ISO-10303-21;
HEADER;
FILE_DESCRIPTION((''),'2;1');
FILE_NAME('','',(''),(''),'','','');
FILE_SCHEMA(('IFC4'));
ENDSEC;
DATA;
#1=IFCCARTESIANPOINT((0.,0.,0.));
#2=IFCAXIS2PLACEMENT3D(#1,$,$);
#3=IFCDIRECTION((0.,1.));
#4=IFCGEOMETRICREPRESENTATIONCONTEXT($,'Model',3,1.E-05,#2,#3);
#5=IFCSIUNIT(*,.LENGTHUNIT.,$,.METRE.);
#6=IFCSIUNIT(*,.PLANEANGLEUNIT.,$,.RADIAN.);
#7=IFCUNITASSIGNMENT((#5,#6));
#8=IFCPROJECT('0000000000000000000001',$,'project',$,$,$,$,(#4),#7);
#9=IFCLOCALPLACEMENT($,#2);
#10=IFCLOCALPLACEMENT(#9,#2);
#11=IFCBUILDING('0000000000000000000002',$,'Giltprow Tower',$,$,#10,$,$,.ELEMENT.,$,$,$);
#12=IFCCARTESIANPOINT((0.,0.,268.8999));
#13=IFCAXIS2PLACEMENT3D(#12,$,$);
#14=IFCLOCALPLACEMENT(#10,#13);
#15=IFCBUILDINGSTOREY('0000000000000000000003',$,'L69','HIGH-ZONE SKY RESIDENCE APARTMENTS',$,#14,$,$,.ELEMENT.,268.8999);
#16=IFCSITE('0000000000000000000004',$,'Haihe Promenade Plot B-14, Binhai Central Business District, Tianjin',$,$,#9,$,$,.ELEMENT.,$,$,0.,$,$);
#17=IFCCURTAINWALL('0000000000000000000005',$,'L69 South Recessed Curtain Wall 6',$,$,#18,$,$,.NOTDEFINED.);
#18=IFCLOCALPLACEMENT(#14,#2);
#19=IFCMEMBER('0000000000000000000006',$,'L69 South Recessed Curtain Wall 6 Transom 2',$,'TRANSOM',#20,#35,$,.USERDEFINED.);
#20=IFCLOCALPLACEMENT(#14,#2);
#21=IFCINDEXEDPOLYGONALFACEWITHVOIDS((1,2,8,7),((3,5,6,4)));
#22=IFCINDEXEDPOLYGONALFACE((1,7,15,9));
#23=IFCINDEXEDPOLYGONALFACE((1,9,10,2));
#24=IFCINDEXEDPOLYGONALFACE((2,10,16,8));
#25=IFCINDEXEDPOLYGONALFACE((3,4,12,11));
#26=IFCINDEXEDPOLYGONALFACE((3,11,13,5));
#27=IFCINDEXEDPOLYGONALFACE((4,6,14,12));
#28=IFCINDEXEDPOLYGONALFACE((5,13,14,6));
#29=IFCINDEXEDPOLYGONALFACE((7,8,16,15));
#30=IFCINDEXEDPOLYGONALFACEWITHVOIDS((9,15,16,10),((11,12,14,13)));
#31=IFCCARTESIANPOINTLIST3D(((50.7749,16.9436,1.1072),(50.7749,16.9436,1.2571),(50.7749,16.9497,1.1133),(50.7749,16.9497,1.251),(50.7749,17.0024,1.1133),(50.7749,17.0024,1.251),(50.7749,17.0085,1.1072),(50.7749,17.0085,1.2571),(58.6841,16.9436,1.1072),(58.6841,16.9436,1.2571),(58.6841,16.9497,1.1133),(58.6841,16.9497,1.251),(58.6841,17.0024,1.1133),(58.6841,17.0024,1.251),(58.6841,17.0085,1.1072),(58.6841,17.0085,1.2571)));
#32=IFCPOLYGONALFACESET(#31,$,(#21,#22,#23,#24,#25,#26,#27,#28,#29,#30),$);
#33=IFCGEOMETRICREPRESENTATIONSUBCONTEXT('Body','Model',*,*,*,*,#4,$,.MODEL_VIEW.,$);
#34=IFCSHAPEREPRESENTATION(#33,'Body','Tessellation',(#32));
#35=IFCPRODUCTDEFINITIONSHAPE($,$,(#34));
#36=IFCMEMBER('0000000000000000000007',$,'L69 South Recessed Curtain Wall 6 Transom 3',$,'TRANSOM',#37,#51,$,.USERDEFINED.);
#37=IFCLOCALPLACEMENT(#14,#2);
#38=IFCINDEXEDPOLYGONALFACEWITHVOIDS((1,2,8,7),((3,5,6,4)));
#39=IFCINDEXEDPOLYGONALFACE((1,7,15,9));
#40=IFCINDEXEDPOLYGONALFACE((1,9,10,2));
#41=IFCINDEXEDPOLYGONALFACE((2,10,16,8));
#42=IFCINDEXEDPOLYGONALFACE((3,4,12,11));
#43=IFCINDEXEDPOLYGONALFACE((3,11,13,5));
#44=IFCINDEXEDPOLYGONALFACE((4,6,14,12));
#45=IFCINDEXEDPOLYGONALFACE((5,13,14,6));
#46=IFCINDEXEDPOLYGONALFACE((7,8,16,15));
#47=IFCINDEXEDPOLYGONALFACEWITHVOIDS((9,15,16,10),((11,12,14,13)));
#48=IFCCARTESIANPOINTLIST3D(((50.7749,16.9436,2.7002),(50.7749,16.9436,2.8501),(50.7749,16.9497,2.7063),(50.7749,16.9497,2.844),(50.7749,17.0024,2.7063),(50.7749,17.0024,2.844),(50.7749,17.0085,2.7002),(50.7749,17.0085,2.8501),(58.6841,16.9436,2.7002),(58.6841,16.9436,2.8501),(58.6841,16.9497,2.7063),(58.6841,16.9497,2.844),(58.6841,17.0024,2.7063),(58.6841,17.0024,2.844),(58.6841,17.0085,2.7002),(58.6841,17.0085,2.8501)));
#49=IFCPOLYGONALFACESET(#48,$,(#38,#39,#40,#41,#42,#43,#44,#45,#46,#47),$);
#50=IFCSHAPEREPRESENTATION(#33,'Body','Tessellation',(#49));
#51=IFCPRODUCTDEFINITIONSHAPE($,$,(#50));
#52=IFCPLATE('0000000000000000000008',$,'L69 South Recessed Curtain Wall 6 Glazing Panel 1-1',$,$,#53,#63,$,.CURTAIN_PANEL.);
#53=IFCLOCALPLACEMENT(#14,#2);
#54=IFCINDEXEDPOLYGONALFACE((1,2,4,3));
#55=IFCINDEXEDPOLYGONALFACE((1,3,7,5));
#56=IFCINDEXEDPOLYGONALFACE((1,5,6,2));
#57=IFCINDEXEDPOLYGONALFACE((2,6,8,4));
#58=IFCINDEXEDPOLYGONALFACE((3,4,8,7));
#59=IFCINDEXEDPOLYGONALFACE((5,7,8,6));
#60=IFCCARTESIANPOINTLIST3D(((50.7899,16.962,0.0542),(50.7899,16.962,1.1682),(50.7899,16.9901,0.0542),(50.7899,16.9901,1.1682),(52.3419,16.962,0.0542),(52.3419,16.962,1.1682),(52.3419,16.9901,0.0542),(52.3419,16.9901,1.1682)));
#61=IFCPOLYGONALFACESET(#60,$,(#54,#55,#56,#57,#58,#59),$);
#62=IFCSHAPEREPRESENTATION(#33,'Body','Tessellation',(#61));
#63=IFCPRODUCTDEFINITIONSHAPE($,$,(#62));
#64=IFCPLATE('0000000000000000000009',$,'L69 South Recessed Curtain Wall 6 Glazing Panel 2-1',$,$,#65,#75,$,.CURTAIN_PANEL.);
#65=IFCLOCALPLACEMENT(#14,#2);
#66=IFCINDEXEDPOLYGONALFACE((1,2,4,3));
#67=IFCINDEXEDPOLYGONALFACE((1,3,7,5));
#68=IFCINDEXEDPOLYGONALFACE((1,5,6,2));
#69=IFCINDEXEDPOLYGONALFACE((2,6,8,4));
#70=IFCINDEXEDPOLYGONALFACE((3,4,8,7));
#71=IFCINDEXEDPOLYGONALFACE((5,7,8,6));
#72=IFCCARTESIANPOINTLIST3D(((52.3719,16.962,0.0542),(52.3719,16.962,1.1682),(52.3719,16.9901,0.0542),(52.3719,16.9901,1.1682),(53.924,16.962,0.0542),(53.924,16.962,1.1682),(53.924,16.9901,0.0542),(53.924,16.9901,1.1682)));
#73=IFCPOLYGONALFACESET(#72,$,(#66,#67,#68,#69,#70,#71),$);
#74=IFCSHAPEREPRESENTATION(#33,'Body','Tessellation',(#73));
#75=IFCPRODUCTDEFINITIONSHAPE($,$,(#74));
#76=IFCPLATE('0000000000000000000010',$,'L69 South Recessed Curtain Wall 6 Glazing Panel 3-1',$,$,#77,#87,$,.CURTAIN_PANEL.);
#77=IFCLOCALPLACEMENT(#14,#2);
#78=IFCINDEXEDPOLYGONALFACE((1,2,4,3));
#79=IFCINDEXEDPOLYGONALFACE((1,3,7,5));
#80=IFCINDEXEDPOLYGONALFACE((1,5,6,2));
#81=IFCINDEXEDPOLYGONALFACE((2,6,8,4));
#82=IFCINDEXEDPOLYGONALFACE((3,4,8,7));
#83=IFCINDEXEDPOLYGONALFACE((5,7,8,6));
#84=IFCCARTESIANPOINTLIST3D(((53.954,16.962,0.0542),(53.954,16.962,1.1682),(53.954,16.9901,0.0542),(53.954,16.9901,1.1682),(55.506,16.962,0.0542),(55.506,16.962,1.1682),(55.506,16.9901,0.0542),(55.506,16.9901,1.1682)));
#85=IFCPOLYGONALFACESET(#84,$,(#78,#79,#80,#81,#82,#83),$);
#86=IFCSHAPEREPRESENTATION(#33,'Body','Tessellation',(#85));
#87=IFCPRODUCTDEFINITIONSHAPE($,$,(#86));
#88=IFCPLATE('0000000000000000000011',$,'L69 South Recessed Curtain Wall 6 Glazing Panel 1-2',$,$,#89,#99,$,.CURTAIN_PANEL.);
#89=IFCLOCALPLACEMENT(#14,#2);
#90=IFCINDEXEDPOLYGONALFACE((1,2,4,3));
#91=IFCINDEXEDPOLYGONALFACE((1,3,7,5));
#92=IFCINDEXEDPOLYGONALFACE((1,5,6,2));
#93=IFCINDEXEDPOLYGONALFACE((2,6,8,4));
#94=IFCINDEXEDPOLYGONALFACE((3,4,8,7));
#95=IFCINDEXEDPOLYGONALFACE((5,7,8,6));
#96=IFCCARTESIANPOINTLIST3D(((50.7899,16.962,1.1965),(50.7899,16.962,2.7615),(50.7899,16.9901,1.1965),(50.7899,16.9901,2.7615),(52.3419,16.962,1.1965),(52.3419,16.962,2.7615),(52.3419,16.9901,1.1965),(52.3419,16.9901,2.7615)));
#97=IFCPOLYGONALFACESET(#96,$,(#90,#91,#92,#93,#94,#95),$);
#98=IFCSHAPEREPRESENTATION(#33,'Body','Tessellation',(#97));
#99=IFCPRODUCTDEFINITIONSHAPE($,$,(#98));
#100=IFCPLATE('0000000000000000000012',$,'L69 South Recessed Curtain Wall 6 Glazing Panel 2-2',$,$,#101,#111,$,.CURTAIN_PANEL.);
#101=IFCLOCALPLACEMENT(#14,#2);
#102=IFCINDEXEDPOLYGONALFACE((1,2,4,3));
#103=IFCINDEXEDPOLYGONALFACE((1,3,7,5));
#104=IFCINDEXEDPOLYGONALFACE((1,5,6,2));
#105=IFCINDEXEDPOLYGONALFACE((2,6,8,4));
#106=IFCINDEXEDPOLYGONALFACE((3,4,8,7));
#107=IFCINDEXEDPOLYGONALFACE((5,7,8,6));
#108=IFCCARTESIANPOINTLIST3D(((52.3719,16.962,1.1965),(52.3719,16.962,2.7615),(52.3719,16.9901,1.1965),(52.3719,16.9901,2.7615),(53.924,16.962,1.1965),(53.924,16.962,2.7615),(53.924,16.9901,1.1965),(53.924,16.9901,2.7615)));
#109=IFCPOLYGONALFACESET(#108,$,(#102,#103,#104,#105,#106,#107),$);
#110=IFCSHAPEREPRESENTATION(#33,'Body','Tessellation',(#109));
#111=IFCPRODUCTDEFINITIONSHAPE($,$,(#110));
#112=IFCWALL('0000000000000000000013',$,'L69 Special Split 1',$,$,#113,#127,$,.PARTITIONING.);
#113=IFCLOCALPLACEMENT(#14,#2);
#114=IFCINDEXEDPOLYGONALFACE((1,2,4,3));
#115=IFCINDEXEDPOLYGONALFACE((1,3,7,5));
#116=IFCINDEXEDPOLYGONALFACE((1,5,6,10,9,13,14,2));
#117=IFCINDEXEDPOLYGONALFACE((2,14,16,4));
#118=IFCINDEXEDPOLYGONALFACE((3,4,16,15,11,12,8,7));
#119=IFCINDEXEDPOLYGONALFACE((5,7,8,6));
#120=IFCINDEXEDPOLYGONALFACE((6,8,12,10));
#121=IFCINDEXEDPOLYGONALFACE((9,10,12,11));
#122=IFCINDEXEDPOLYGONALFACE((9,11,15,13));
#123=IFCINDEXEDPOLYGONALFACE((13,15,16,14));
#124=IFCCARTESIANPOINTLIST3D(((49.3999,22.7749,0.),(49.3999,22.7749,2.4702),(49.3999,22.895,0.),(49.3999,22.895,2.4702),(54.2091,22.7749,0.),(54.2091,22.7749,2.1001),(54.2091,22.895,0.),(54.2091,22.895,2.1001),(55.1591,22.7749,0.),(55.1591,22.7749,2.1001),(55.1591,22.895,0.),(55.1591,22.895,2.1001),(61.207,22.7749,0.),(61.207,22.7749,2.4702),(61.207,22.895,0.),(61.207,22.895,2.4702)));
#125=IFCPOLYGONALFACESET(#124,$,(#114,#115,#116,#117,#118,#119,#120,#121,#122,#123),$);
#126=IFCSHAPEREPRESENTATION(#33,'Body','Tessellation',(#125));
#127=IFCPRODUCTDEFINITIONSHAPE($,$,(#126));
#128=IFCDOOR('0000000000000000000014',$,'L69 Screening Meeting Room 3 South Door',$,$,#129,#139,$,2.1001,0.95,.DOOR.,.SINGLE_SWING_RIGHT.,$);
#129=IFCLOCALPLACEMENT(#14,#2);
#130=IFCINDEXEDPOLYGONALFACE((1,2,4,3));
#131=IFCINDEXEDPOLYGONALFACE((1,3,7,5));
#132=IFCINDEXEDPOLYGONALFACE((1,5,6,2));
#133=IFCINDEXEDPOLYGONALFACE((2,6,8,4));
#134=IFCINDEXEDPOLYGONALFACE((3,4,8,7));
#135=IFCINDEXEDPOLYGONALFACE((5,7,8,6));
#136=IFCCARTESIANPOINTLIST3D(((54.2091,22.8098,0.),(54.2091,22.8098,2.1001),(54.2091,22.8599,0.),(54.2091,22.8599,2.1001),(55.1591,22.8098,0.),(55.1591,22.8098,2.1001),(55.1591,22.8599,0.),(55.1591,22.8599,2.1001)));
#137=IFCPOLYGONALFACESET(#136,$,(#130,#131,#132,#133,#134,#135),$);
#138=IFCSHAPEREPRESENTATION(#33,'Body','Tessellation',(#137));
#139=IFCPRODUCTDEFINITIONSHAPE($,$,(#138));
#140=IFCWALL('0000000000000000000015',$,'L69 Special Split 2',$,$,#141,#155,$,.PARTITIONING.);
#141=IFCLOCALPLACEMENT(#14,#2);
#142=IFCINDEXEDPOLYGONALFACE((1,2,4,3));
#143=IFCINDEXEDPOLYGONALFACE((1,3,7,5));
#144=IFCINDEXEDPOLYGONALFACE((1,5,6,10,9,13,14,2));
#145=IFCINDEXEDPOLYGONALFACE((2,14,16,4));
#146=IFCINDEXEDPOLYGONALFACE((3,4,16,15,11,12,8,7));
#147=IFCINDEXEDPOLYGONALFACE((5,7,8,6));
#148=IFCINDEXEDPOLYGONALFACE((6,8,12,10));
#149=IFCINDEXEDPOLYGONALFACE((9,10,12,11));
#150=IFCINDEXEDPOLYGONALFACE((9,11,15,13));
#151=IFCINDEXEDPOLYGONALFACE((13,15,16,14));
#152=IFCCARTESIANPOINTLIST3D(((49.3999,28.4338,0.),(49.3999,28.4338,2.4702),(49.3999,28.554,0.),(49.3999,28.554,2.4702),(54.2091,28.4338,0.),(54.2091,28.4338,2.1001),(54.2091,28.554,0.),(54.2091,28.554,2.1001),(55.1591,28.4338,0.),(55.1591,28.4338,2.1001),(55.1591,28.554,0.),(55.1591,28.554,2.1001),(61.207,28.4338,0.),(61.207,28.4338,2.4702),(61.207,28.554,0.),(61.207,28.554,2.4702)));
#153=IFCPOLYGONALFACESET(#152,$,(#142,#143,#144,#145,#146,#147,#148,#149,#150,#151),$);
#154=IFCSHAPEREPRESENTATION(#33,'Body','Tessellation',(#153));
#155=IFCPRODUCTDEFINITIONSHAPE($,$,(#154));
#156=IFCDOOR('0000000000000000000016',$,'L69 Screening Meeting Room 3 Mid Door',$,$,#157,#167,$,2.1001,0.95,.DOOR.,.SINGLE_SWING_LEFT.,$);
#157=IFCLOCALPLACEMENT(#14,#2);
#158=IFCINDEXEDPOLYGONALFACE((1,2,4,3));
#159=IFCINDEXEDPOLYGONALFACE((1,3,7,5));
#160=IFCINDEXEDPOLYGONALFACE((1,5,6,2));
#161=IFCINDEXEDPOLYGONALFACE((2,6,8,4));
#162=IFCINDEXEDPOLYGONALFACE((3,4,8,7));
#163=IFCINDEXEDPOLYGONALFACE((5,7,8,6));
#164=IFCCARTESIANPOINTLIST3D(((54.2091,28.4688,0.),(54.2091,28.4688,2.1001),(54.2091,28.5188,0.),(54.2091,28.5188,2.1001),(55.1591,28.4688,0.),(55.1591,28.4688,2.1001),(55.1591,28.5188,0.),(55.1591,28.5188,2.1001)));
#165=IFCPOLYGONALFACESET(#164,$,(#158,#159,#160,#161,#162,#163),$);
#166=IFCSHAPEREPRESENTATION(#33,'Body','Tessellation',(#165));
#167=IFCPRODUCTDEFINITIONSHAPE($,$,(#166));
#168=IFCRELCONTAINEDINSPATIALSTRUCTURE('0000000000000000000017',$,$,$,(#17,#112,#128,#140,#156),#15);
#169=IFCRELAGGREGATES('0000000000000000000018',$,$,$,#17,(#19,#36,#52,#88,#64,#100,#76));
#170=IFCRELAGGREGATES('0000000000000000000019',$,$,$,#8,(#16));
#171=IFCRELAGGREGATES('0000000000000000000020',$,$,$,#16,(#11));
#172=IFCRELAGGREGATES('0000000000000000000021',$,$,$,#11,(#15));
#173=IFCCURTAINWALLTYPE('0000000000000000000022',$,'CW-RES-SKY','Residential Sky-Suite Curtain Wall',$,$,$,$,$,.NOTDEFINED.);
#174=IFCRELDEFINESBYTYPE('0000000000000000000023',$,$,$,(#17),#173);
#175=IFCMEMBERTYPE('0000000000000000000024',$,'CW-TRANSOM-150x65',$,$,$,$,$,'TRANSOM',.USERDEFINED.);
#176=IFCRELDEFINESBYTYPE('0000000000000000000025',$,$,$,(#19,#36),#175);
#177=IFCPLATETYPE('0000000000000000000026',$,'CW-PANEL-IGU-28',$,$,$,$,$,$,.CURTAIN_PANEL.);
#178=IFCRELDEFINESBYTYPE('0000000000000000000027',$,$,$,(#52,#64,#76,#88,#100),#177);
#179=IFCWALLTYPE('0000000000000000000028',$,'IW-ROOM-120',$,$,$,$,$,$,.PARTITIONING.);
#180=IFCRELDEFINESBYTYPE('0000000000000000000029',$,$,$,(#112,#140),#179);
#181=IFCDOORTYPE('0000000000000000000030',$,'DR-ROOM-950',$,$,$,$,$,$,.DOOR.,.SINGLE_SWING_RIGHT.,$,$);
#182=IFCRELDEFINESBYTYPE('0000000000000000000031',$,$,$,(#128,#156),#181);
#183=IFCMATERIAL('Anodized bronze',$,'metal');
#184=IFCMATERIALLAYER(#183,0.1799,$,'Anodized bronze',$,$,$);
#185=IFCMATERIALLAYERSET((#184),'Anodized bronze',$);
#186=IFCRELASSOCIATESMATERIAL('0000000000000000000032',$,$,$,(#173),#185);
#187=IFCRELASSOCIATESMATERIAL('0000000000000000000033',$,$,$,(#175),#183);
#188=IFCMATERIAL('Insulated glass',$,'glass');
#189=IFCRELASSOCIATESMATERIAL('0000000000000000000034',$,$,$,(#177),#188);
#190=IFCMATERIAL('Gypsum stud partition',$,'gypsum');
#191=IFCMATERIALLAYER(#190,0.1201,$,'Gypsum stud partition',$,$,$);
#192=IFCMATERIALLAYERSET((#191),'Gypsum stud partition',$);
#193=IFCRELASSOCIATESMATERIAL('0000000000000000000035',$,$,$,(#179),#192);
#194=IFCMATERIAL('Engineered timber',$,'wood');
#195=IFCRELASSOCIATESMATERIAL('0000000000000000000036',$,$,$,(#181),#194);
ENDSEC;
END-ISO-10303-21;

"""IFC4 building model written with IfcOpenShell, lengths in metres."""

from ifc_helpers import new_model, si_unit, direction, frame, frame_2d, origin, origin_2d, place, context, subcontext, project, spatial, rectangle, hollow_rectangle, extrude, source, transform, mapped, material, layer, layer_set, material_profile, profile_set, type_object, element, fill, aggregate, save


model = new_model("IFC4")

# Units and contexts
model_context = context("Model", 3, precision=1e-05, world=origin(), true_north=direction((0.0, 1.0)))
body_context = subcontext(model_context, "Body", "Model", "MODEL_VIEW")
ifc_project = project(units=[si_unit("LENGTHUNIT", "METRE"), si_unit("PLANEANGLEUNIT", "RADIAN")], contexts=[model_context])

# Site, building, storey
site_placement = place(None, origin())
site = spatial("IfcSite", under=ifc_project, at=site_placement, Name="Haihe Promenade Plot B-14, Binhai Central Business District, Tianjin", CompositionType="ELEMENT", RefElevation=0.0)
building_placement = place(site_placement, origin())
building = spatial("IfcBuilding", under=site, at=building_placement, Name="Giltprow Tower", CompositionType="ELEMENT")
storey_placement = place(building_placement, frame((0.0, 0.0, 268.8999)))
storey = spatial("IfcBuildingStorey", under=building, at=storey_placement, Name="L69", Description="HIGH-ZONE SKY RESIDENCE APARTMENTS", CompositionType="ELEMENT", Elevation=268.8999)

# Curtain wall, members, plates
ifc_material_1 = material(Name="Anodized bronze", Category="metal")
ifc_layer_1 = layer(ifc_material_1, 0.1799, Name="Anodized bronze")
ifc_layer_set_1 = layer_set([ifc_layer_1], Name="Anodized bronze")
curtain_wall_type = type_object("IfcCurtainWallType", Name="CW-RES-SKY", Description="Residential Sky-Suite Curtain Wall", PredefinedType="NOTDEFINED", material=ifc_layer_set_1)
curtain_wall_placement = place(storey_placement, origin())
curtain_wall = element("IfcCurtainWall", 1, at=curtain_wall_placement, inside=storey, type_object=curtain_wall_type, Name="L69 South Recessed Curtain Wall 6", PredefinedType="NOTDEFINED")
ifc_material_profile_1 = material_profile(ifc_material_1, hollow_rectangle(XDim=0.0649, YDim=0.1499, WallThickness=0.0061, at=origin_2d()), Name="RHS 150x65x6")
ifc_profile_set_1 = profile_set([ifc_material_profile_1], Name="Anodized bronze")
member_type_1 = type_object("IfcMemberType", Name="CW-TRANSOM-150x65", ElementType="TRANSOM", PredefinedType="USERDEFINED", material=ifc_profile_set_1)
shared_shape_1 = source(origin(), body_context, "Body", "SweptSolid", [
    extrude(hollow_rectangle(XDim=0.0649, YDim=0.1499, WallThickness=0.0061, at=origin_2d()), origin(), (0.0, 0.0, 1.0), 7.9092),
])
member_1_placement = place(storey_placement, frame((50.7749, 16.9761, 1.1821), z_axis=(1.0, 0.0, 0.0), x_axis=(0.0, 1.0, 0.0)))
member_1 = element("IfcMember", 2, at=member_1_placement, type_object=member_type_1, Name="L69 South Recessed Curtain Wall 6 Transom 2", ObjectType="TRANSOM", PredefinedType="USERDEFINED", context=body_context, shape_type="MappedRepresentation", body=[
    mapped(shared_shape_1, transform((0.0, 0.0, 0.0), x_axis=(1.0, 0.0, 0.0), y_axis=(0.0, 1.0, 0.0), z_axis=(0.0, 0.0, 1.0), scale=1.0)),
])
member_2_placement = place(storey_placement, frame((50.7749, 16.9761, 2.7751), z_axis=(1.0, 0.0, 0.0), x_axis=(0.0, 1.0, 0.0)))
member_2 = element("IfcMember", 3, at=member_2_placement, type_object=member_type_1, Name="L69 South Recessed Curtain Wall 6 Transom 3", ObjectType="TRANSOM", PredefinedType="USERDEFINED", context=body_context, shape_type="MappedRepresentation", body=[
    mapped(shared_shape_1, transform((0.0, 0.0, 0.0), x_axis=(1.0, 0.0, 0.0), y_axis=(0.0, 1.0, 0.0), z_axis=(0.0, 0.0, 1.0), scale=1.0)),
])
ifc_material_2 = material(Name="Insulated glass", Category="glass")
plate_type = type_object("IfcPlateType", Name="CW-PANEL-IGU-28", PredefinedType="CURTAIN_PANEL", material=ifc_material_2)
shared_shape_2 = source(origin(), body_context, "Body", "SweptSolid", [
    extrude(rectangle(XDim=1.552, YDim=0.0281, at=origin_2d()), origin(), (0.0, 0.0, 1.0), 1.114),
])
plate_1_placement = place(storey_placement, frame((51.5659, 16.9761, 0.0542), z_axis=(0.0, 0.0, 1.0), x_axis=(1.0, 0.0, 0.0)))
plate_1 = element("IfcPlate", 4, at=plate_1_placement, type_object=plate_type, Name="L69 South Recessed Curtain Wall 6 Glazing Panel 1-1", PredefinedType="CURTAIN_PANEL", context=body_context, shape_type="MappedRepresentation", body=[
    mapped(shared_shape_2, transform((0.0, 0.0, 0.0), x_axis=(1.0, 0.0, 0.0), y_axis=(0.0, 1.0, 0.0), z_axis=(0.0, 0.0, 1.0), scale=1.0)),
])
plate_2_placement = place(storey_placement, frame((53.1479, 16.9761, 0.0542), z_axis=(0.0, 0.0, 1.0), x_axis=(1.0, 0.0, 0.0)))
plate_2 = element("IfcPlate", 5, at=plate_2_placement, type_object=plate_type, Name="L69 South Recessed Curtain Wall 6 Glazing Panel 2-1", PredefinedType="CURTAIN_PANEL", context=body_context, shape_type="MappedRepresentation", body=[
    mapped(shared_shape_2, transform((0.0, 0.0, 0.0), x_axis=(1.0, 0.0, 0.0), y_axis=(0.0, 1.0, 0.0), z_axis=(0.0, 0.0, 1.0), scale=1.0)),
])
plate_3_placement = place(storey_placement, frame((54.73, 16.9761, 0.0542), z_axis=(0.0, 0.0, 1.0), x_axis=(1.0, 0.0, 0.0)))
plate_3 = element("IfcPlate", 6, at=plate_3_placement, type_object=plate_type, Name="L69 South Recessed Curtain Wall 6 Glazing Panel 3-1", PredefinedType="CURTAIN_PANEL", context=body_context, shape_type="MappedRepresentation", body=[
    mapped(shared_shape_2, transform((0.0, 0.0, 0.0), x_axis=(1.0, 0.0, 0.0), y_axis=(0.0, 1.0, 0.0), z_axis=(0.0, 0.0, 1.0), scale=1.0)),
])
shared_shape_3 = source(origin(), body_context, "Body", "SweptSolid", [
    extrude(rectangle(XDim=1.552, YDim=0.0281, at=origin_2d()), origin(), (0.0, 0.0, 1.0), 1.5649),
])
plate_4_placement = place(storey_placement, frame((51.5659, 16.9761, 1.1965), z_axis=(0.0, 0.0, 1.0), x_axis=(1.0, 0.0, 0.0)))
plate_4 = element("IfcPlate", 7, at=plate_4_placement, type_object=plate_type, Name="L69 South Recessed Curtain Wall 6 Glazing Panel 1-2", PredefinedType="CURTAIN_PANEL", context=body_context, shape_type="MappedRepresentation", body=[
    mapped(shared_shape_3, transform((0.0, 0.0, 0.0), x_axis=(1.0, 0.0, 0.0), y_axis=(0.0, 1.0, 0.0), z_axis=(0.0, 0.0, 1.0), scale=1.0)),
])
plate_5_placement = place(storey_placement, frame((53.1479, 16.9761, 1.1965), z_axis=(0.0, 0.0, 1.0), x_axis=(1.0, 0.0, 0.0)))
plate_5 = element("IfcPlate", 8, at=plate_5_placement, type_object=plate_type, Name="L69 South Recessed Curtain Wall 6 Glazing Panel 2-2", PredefinedType="CURTAIN_PANEL", context=body_context, shape_type="MappedRepresentation", body=[
    mapped(shared_shape_3, transform((0.0, 0.0, 0.0), x_axis=(1.0, 0.0, 0.0), y_axis=(0.0, 1.0, 0.0), z_axis=(0.0, 0.0, 1.0), scale=1.0)),
])
aggregate(curtain_wall, [member_1, member_2, plate_1, plate_4, plate_2, plate_5, plate_3])

# Walls, openings, doors
ifc_material_3 = material(Name="Gypsum stud partition", Category="gypsum")
ifc_layer_2 = layer(ifc_material_3, 0.1201, Name="Gypsum stud partition")
ifc_layer_set_2 = layer_set([ifc_layer_2], Name="Gypsum stud partition")
wall_type = type_object("IfcWallType", Name="IW-ROOM-120", PredefinedType="PARTITIONING", material=ifc_layer_set_2)
wall_1_placement = place(storey_placement, frame((49.3999, 22.835, 0.0), z_axis=(0.0, 0.0, 1.0), x_axis=(1.0, 0.0, 0.0)))
wall_1 = element("IfcWall", 9, at=wall_1_placement, inside=storey, type_object=wall_type, Name="L69 Special Split 1", PredefinedType="PARTITIONING", context=body_context, shape_type="SweptSolid", body=[
    extrude(rectangle(XDim=11.8071, YDim=0.1201, at=frame_2d((5.9036, 0.0))), origin(), (0.0, 0.0, 1.0), 2.4702),
])
opening_1_placement = place(wall_1_placement, frame((4.8091, 0.0, 0.0)))
opening_1 = element("IfcOpeningElement", 10, at=opening_1_placement, cuts=wall_1, PredefinedType="OPENING", context=body_context, shape_type="SweptSolid", body=[
    extrude(rectangle(XDim=0.95, YDim=2.1001, at=frame_2d((0.4751, 1.05))), frame((0.0, 0.0701, 0.0), z_axis=(0.0, -1.0, 0.0), x_axis=(1.0, 0.0, 0.0)), (0.0, 0.0, 1.0), 0.1401),
])
ifc_material_4 = material(Name="Engineered timber", Category="wood")
door_type = type_object("IfcDoorType", Name="DR-ROOM-950", OperationType="SINGLE_SWING_RIGHT", PredefinedType="DOOR", material=ifc_material_4)
shared_shape_4 = source(origin(), body_context, "Body", "SweptSolid", [
    extrude(rectangle(XDim=0.95, YDim=2.1001, at=frame_2d((0.4751, 1.05))), frame((0.0, 0.0249, 0.0), z_axis=(0.0, -1.0, 0.0), x_axis=(1.0, 0.0, 0.0)), (0.0, 0.0, 1.0), 0.05),
])
door_1_placement = place(opening_1_placement, origin())
door_1 = element("IfcDoor", 11, at=door_1_placement, inside=storey, type_object=door_type, Name="L69 Screening Meeting Room 3 South Door", OperationType="SINGLE_SWING_RIGHT", OverallHeight=2.1001, OverallWidth=0.95, PredefinedType="DOOR", context=body_context, shape_type="MappedRepresentation", body=[
    mapped(shared_shape_4, transform((0.0, 0.0, 0.0), x_axis=(1.0, 0.0, 0.0), y_axis=(0.0, 1.0, 0.0), z_axis=(0.0, 0.0, 1.0), scale=1.0)),
])
fill(opening_1, door_1)
wall_2_placement = place(storey_placement, frame((49.3999, 28.4939, 0.0), z_axis=(0.0, 0.0, 1.0), x_axis=(1.0, 0.0, 0.0)))
wall_2 = element("IfcWall", 12, at=wall_2_placement, inside=storey, type_object=wall_type, Name="L69 Special Split 2", PredefinedType="PARTITIONING", context=body_context, shape_type="SweptSolid", body=[
    extrude(rectangle(XDim=11.8071, YDim=0.1201, at=frame_2d((5.9036, 0.0))), origin(), (0.0, 0.0, 1.0), 2.4702),
])
opening_2_placement = place(wall_2_placement, frame((4.8091, 0.0, 0.0)))
opening_2 = element("IfcOpeningElement", 13, at=opening_2_placement, cuts=wall_2, PredefinedType="OPENING", context=body_context, shape_type="SweptSolid", body=[
    extrude(rectangle(XDim=0.95, YDim=2.1001, at=frame_2d((0.4751, 1.05))), frame((0.0, 0.0701, 0.0), z_axis=(0.0, -1.0, 0.0), x_axis=(1.0, 0.0, 0.0)), (0.0, 0.0, 1.0), 0.1401),
])
door_2_placement = place(opening_2_placement, origin())
door_2 = element("IfcDoor", 14, at=door_2_placement, inside=storey, type_object=door_type, Name="L69 Screening Meeting Room 3 Mid Door", OperationType="SINGLE_SWING_LEFT", OverallHeight=2.1001, OverallWidth=0.95, PredefinedType="DOOR", context=body_context, shape_type="MappedRepresentation", body=[
    mapped(shared_shape_4, transform((0.0, 0.0, 0.0), x_axis=(1.0, 0.0, 0.0), y_axis=(0.0, 1.0, 0.0), z_axis=(0.0, 0.0, 1.0), scale=1.0)),
])
fill(opening_2, door_2)

save(model, "model.ifc")
